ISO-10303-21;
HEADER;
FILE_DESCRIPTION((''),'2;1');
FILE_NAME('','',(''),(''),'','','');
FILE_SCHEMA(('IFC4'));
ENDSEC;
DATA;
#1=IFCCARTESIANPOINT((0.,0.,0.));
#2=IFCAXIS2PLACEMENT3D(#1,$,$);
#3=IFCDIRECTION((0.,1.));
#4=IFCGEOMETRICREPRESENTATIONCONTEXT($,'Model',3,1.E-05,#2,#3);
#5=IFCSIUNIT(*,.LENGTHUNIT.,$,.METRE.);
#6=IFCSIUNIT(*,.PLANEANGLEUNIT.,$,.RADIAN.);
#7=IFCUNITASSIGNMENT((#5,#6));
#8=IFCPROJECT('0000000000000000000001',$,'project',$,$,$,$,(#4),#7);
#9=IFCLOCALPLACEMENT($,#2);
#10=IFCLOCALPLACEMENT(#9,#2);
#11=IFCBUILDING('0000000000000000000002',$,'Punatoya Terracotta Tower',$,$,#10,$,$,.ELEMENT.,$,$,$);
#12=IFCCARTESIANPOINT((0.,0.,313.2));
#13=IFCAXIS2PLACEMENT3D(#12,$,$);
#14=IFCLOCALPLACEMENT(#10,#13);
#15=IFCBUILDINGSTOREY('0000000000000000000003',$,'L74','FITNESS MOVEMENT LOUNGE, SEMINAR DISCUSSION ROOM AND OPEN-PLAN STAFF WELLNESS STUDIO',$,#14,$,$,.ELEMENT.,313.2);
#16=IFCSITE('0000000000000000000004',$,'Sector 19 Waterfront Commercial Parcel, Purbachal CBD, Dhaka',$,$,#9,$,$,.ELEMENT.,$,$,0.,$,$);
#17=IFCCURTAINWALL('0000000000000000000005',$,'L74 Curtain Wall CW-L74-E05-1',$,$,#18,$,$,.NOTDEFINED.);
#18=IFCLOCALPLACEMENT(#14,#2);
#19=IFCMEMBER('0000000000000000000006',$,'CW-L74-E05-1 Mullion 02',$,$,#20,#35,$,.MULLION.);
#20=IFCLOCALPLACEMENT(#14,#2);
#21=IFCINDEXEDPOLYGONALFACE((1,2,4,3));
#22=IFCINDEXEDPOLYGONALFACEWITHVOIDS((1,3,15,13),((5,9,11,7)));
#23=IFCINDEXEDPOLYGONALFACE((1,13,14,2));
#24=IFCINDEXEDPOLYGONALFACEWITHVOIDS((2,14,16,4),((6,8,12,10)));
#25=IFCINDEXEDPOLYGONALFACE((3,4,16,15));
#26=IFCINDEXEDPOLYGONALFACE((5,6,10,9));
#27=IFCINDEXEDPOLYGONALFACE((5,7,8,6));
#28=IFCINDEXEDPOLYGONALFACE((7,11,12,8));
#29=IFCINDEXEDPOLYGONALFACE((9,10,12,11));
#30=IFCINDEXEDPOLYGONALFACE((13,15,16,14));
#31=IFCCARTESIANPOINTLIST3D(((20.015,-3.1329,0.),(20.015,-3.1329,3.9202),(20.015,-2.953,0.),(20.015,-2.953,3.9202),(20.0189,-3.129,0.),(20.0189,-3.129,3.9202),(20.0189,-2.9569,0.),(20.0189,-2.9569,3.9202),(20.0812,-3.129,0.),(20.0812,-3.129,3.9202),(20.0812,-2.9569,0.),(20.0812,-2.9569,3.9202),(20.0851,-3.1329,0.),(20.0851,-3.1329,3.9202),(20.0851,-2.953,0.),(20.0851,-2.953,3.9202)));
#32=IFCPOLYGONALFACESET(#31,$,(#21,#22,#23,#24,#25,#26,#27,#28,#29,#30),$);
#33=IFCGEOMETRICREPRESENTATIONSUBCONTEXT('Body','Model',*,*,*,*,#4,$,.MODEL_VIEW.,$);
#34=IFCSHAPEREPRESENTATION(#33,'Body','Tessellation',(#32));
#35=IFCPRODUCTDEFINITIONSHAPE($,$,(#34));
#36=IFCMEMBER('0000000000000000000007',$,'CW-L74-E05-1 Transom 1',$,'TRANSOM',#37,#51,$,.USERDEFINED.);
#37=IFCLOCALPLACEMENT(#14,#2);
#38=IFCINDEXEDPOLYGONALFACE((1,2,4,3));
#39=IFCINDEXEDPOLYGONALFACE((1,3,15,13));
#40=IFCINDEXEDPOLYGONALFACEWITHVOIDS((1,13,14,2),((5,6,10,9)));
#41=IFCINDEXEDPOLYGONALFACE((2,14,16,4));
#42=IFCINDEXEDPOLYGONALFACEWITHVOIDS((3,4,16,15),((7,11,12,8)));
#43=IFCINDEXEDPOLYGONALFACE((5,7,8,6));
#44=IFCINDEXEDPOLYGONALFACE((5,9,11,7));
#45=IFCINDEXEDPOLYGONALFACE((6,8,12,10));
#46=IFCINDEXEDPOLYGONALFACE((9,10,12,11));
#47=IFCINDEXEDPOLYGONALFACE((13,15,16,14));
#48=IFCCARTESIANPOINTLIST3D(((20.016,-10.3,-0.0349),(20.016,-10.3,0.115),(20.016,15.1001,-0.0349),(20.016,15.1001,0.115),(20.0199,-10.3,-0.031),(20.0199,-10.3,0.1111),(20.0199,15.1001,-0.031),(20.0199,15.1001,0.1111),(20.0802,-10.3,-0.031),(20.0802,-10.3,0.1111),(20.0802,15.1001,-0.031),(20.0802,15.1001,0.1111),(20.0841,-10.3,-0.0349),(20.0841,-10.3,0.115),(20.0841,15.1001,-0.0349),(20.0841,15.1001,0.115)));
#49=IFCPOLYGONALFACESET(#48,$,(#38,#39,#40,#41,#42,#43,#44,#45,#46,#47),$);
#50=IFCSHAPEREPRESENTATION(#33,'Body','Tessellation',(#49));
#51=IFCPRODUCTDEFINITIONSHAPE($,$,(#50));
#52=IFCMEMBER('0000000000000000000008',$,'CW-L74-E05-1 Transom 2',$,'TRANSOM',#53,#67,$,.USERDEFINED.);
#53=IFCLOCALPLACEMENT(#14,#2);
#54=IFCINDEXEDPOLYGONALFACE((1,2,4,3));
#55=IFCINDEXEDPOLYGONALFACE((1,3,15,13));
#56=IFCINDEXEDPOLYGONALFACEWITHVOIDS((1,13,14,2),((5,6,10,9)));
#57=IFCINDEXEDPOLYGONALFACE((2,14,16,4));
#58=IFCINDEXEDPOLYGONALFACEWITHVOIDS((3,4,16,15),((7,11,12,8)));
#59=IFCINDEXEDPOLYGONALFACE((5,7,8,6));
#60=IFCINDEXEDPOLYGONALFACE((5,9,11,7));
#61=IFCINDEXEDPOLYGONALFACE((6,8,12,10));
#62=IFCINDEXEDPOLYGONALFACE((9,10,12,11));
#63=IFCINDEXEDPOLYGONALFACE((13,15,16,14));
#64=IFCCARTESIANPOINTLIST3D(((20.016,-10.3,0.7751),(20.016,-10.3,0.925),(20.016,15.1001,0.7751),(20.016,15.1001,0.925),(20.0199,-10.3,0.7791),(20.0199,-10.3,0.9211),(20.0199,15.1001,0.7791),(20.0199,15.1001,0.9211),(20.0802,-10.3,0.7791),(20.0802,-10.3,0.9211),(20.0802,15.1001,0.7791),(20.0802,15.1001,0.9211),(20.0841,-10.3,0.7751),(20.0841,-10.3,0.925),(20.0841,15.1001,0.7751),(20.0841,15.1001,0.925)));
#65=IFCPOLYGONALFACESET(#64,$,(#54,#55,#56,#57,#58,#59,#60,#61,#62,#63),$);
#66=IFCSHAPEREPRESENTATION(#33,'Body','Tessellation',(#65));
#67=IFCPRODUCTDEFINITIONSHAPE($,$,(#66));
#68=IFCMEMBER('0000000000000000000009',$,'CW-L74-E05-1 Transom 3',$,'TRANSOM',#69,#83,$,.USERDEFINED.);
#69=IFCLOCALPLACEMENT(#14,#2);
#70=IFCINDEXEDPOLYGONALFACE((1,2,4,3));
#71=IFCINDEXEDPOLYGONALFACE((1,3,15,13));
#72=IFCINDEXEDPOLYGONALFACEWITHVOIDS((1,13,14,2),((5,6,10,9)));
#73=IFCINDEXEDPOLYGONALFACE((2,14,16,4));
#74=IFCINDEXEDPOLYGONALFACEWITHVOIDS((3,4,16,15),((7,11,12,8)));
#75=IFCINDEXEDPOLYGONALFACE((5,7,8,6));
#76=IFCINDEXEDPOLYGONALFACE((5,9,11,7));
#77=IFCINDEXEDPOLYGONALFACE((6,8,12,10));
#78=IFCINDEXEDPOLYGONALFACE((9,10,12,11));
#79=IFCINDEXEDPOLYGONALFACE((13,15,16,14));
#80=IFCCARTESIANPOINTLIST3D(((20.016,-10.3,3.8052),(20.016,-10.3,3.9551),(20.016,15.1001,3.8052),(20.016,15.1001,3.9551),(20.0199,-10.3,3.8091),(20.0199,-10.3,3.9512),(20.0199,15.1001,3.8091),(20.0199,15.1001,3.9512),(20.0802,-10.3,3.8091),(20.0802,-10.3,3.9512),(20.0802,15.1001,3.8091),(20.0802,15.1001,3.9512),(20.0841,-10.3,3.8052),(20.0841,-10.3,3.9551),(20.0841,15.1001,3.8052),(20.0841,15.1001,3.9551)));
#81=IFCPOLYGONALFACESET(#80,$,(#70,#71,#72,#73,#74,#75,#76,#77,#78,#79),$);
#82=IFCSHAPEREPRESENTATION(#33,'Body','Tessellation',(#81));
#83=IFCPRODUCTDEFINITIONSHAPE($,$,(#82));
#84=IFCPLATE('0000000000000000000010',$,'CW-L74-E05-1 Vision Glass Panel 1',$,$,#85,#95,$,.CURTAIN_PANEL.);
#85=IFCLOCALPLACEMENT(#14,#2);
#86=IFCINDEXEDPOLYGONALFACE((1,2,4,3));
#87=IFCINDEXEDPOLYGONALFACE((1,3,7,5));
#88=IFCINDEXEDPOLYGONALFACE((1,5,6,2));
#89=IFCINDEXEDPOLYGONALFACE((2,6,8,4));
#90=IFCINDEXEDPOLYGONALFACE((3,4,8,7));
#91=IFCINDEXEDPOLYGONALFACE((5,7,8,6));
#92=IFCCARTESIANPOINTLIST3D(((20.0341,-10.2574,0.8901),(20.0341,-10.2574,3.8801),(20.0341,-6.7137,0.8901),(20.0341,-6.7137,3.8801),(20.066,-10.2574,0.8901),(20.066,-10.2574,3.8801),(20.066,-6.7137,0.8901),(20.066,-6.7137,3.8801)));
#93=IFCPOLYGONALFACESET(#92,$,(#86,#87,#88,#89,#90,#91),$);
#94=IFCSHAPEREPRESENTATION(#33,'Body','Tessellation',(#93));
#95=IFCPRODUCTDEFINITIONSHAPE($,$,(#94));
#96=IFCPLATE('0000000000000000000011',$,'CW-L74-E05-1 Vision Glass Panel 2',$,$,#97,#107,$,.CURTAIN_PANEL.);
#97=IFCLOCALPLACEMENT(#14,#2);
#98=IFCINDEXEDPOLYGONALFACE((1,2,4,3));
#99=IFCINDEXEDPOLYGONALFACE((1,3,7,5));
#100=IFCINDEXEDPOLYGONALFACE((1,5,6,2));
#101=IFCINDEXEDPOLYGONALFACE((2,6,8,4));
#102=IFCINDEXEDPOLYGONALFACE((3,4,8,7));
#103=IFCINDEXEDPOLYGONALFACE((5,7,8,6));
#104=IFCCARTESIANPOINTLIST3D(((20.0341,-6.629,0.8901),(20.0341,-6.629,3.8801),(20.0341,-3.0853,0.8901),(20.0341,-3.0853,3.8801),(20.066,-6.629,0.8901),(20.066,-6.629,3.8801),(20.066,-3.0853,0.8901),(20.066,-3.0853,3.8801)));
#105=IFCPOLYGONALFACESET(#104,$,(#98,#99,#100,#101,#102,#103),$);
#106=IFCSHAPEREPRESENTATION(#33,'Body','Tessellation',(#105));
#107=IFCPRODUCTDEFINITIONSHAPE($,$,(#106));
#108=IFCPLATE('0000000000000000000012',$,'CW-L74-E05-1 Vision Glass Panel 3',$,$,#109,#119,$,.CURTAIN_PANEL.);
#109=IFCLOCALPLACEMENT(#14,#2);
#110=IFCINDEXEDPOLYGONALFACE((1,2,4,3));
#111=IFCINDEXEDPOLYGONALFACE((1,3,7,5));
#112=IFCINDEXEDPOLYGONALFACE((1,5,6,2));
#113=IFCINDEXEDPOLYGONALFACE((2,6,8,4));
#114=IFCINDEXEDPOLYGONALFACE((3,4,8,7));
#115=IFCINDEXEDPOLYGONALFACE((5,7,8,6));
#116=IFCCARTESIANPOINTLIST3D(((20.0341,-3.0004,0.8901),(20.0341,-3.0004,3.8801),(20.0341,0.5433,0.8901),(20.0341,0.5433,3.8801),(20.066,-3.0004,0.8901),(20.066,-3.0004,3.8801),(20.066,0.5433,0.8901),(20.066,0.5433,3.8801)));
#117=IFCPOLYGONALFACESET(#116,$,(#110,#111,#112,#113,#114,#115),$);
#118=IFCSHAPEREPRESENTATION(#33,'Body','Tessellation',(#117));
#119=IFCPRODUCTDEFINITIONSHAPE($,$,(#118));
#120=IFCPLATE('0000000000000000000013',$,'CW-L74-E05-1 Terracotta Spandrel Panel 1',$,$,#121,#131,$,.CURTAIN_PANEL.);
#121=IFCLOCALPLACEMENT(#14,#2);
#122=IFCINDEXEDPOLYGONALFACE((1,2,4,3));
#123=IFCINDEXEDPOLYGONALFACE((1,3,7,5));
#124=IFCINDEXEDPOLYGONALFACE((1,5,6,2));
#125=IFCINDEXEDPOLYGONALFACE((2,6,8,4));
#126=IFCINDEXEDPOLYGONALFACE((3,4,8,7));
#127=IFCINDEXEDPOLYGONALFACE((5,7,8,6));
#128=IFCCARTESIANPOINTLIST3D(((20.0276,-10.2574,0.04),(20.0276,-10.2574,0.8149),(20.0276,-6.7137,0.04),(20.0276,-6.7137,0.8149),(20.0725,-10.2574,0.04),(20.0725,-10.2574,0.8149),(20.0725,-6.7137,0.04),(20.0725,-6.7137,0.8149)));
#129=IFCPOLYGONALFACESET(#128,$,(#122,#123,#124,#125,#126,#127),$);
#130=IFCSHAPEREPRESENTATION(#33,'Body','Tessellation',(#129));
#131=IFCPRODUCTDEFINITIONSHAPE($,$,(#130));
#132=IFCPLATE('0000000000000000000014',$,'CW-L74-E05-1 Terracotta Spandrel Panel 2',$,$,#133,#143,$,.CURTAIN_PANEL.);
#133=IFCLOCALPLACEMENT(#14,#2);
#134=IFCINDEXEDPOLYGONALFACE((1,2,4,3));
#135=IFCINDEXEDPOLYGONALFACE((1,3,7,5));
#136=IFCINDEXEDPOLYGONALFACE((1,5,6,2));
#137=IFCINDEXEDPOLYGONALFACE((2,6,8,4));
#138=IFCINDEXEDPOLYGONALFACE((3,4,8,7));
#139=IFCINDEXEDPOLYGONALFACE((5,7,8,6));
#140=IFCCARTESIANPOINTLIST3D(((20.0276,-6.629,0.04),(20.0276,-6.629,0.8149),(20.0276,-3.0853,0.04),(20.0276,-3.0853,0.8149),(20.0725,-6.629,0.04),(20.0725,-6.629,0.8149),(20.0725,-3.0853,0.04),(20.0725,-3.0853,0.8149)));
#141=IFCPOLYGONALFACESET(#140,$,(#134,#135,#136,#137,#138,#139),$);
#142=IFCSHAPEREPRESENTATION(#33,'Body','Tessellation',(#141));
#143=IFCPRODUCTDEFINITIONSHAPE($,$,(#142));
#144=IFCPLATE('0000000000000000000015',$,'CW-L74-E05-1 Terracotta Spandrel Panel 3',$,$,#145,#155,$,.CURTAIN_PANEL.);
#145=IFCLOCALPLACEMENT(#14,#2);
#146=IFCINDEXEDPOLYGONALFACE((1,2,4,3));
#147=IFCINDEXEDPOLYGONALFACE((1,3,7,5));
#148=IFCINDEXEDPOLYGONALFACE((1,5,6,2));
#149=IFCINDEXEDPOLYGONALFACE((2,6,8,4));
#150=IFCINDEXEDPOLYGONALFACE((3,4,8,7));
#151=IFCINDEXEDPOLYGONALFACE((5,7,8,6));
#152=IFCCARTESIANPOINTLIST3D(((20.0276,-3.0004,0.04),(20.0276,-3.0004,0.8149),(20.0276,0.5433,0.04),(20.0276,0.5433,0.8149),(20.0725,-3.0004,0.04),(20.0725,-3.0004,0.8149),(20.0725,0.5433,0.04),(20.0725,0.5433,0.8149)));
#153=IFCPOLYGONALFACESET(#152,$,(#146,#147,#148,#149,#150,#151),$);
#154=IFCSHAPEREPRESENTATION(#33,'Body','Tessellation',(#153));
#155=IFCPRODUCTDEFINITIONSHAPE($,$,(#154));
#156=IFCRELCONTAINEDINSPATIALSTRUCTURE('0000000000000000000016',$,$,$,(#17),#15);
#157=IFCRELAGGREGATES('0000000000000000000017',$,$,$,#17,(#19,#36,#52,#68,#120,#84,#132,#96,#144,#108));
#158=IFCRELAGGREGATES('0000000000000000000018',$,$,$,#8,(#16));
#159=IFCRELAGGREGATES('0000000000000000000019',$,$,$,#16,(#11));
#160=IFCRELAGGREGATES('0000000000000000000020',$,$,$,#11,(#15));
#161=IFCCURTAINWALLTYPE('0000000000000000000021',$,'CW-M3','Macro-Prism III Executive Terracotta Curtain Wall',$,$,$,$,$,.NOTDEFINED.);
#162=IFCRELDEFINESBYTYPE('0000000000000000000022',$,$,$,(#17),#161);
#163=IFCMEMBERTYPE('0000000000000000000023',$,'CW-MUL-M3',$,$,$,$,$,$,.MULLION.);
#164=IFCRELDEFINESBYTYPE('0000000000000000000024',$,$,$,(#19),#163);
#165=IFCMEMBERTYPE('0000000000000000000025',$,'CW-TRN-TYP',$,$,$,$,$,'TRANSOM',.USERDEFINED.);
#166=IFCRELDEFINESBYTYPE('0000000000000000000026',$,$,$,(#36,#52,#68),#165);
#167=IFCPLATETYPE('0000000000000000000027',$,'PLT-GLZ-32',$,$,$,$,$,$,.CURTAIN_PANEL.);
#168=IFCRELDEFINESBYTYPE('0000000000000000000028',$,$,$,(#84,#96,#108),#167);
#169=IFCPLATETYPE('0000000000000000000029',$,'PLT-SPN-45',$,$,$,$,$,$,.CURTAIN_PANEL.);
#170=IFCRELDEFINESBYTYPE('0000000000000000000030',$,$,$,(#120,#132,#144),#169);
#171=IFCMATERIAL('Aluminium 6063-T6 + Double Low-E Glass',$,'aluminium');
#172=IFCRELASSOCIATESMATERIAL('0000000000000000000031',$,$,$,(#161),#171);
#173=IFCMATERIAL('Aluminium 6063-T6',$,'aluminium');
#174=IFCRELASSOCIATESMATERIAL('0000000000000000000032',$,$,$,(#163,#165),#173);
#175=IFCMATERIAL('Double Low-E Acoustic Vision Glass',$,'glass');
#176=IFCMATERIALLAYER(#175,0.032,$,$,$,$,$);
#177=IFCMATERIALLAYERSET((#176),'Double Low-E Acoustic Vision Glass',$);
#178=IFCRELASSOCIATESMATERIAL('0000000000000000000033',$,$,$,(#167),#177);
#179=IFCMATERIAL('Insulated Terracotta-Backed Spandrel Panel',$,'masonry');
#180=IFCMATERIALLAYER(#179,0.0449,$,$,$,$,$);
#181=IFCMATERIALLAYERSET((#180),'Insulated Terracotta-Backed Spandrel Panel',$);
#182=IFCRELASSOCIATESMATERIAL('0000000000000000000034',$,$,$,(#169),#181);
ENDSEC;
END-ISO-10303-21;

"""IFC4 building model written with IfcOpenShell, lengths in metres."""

from ifc_helpers import new_model, si_unit, direction, frame, origin, origin_2d, place, context, subcontext, project, spatial, rectangle, hollow_rectangle, extrude, material, layer, layer_set, material_profile, profile_set, type_object, element, aggregate, save


model = new_model("IFC4")

# Units and contexts
model_context = context("Model", 3, precision=1e-05, world=origin(), true_north=direction((0.0, 1.0)))
body_context = subcontext(model_context, "Body", "Model", "MODEL_VIEW")
ifc_project = project(units=[si_unit("LENGTHUNIT", "METRE"), si_unit("PLANEANGLEUNIT", "RADIAN")], contexts=[model_context])

# Site, building, storey
site_placement = place(None, origin())
site = spatial("IfcSite", under=ifc_project, at=site_placement, Name="Sector 19 Waterfront Commercial Parcel, Purbachal CBD, Dhaka", CompositionType="ELEMENT", RefElevation=0.0)
building_placement = place(site_placement, origin())
building = spatial("IfcBuilding", under=site, at=building_placement, Name="Punatoya Terracotta Tower", CompositionType="ELEMENT")
storey_placement = place(building_placement, frame((0.0, 0.0, 313.2)))
storey = spatial("IfcBuildingStorey", under=building, at=storey_placement, Name="L74", Description="FITNESS MOVEMENT LOUNGE, SEMINAR DISCUSSION ROOM AND OPEN-PLAN STAFF WELLNESS STUDIO", CompositionType="ELEMENT", Elevation=313.2)

# Curtain wall, members, plates
ifc_material_1 = material(Name="Aluminium 6063-T6 + Double Low-E Glass", Category="aluminium")
curtain_wall_type = type_object("IfcCurtainWallType", Name="CW-M3", Description="Macro-Prism III Executive Terracotta Curtain Wall", PredefinedType="NOTDEFINED", material=ifc_material_1)
curtain_wall_placement = place(storey_placement, origin())
curtain_wall = element("IfcCurtainWall", 1, at=curtain_wall_placement, inside=storey, type_object=curtain_wall_type, Name="L74 Curtain Wall CW-L74-E05-1", PredefinedType="NOTDEFINED")
ifc_material_2 = material(Name="Aluminium 6063-T6", Category="aluminium")
ifc_material_profile_1 = material_profile(ifc_material_2, hollow_rectangle(XDim=0.0701, YDim=0.1799, WallThickness=0.0039, at=origin_2d()))
ifc_profile_set_1 = profile_set([ifc_material_profile_1], Name="Aluminium 6063-T6")
member_type_1 = type_object("IfcMemberType", Name="CW-MUL-M3", PredefinedType="MULLION", material=ifc_profile_set_1)
member_1_placement = place(storey_placement, frame((20.05, -3.043, 0.0), z_axis=(0.0, 0.0, 1.0), x_axis=(1.0, 0.0, 0.0)))
member_1 = element("IfcMember", 2, at=member_1_placement, type_object=member_type_1, Name="CW-L74-E05-1 Mullion 02", PredefinedType="MULLION", context=body_context, shape_type="SweptSolid", body=[
    extrude(hollow_rectangle(XDim=0.0701, YDim=0.1799, WallThickness=0.0039, at=origin_2d()), origin(), (0.0, 0.0, 1.0), 3.9202),
])
ifc_material_profile_2 = material_profile(ifc_material_2, hollow_rectangle(XDim=0.0681, YDim=0.1499, WallThickness=0.0039, at=origin_2d()))
ifc_profile_set_2 = profile_set([ifc_material_profile_2], Name="Aluminium 6063-T6")
member_type_2 = type_object("IfcMemberType", Name="CW-TRN-TYP", ElementType="TRANSOM", PredefinedType="USERDEFINED", material=ifc_profile_set_2)
member_2_placement = place(storey_placement, frame((20.05, -10.3, 0.04), z_axis=(0.0, 1.0, 0.0), x_axis=(-1.0, 0.0, 0.0)))
member_2 = element("IfcMember", 3, at=member_2_placement, type_object=member_type_2, Name="CW-L74-E05-1 Transom 1", ObjectType="TRANSOM", PredefinedType="USERDEFINED", context=body_context, shape_type="SweptSolid", body=[
    extrude(hollow_rectangle(XDim=0.0681, YDim=0.1499, WallThickness=0.0039, at=origin_2d()), origin(), (0.0, 0.0, 1.0), 25.4001),
])
member_3_placement = place(storey_placement, frame((20.05, -10.3, 0.8501), z_axis=(0.0, 1.0, 0.0), x_axis=(-1.0, 0.0, 0.0)))
member_3 = element("IfcMember", 4, at=member_3_placement, type_object=member_type_2, Name="CW-L74-E05-1 Transom 2", ObjectType="TRANSOM", PredefinedType="USERDEFINED", context=body_context, shape_type="SweptSolid", body=[
    extrude(hollow_rectangle(XDim=0.0681, YDim=0.1499, WallThickness=0.0039, at=origin_2d()), origin(), (0.0, 0.0, 1.0), 25.4001),
])
member_4_placement = place(storey_placement, frame((20.05, -10.3, 3.8801), z_axis=(0.0, 1.0, 0.0), x_axis=(-1.0, 0.0, 0.0)))
member_4 = element("IfcMember", 5, at=member_4_placement, type_object=member_type_2, Name="CW-L74-E05-1 Transom 3", ObjectType="TRANSOM", PredefinedType="USERDEFINED", context=body_context, shape_type="SweptSolid", body=[
    extrude(hollow_rectangle(XDim=0.0681, YDim=0.1499, WallThickness=0.0039, at=origin_2d()), origin(), (0.0, 0.0, 1.0), 25.4001),
])
ifc_material_3 = material(Name="Double Low-E Acoustic Vision Glass", Category="glass")
ifc_layer_1 = layer(ifc_material_3, 0.032)
ifc_layer_set_1 = layer_set([ifc_layer_1], Name="Double Low-E Acoustic Vision Glass")
plate_type_1 = type_object("IfcPlateType", Name="PLT-GLZ-32", PredefinedType="CURTAIN_PANEL", material=ifc_layer_set_1)
plate_1_placement = place(storey_placement, frame((20.05, -8.4856, 0.8901), z_axis=(0.0, 0.0, 1.0), x_axis=(0.0, 1.0, 0.0)))
plate_1 = element("IfcPlate", 6, at=plate_1_placement, type_object=plate_type_1, Name="CW-L74-E05-1 Vision Glass Panel 1", PredefinedType="CURTAIN_PANEL", context=body_context, shape_type="SweptSolid", body=[
    extrude(rectangle(XDim=3.5437, YDim=0.032, at=origin_2d()), origin(), (0.0, 0.0, 1.0), 2.99),
])
plate_2_placement = place(storey_placement, frame((20.05, -4.8572, 0.8901), z_axis=(0.0, 0.0, 1.0), x_axis=(0.0, 1.0, 0.0)))
plate_2 = element("IfcPlate", 7, at=plate_2_placement, type_object=plate_type_1, Name="CW-L74-E05-1 Vision Glass Panel 2", PredefinedType="CURTAIN_PANEL", context=body_context, shape_type="SweptSolid", body=[
    extrude(rectangle(XDim=3.5437, YDim=0.032, at=origin_2d()), origin(), (0.0, 0.0, 1.0), 2.99),
])
plate_3_placement = place(storey_placement, frame((20.05, -1.2285, 0.8901), z_axis=(0.0, 0.0, 1.0), x_axis=(0.0, 1.0, 0.0)))
plate_3 = element("IfcPlate", 8, at=plate_3_placement, type_object=plate_type_1, Name="CW-L74-E05-1 Vision Glass Panel 3", PredefinedType="CURTAIN_PANEL", context=body_context, shape_type="SweptSolid", body=[
    extrude(rectangle(XDim=3.5437, YDim=0.032, at=origin_2d()), origin(), (0.0, 0.0, 1.0), 2.99),
])
ifc_material_4 = material(Name="Insulated Terracotta-Backed Spandrel Panel", Category="masonry")
ifc_layer_2 = layer(ifc_material_4, 0.0449)
ifc_layer_set_2 = layer_set([ifc_layer_2], Name="Insulated Terracotta-Backed Spandrel Panel")
plate_type_2 = type_object("IfcPlateType", Name="PLT-SPN-45", PredefinedType="CURTAIN_PANEL", material=ifc_layer_set_2)
plate_4_placement = place(storey_placement, frame((20.05, -8.4856, 0.04), z_axis=(0.0, 0.0, 1.0), x_axis=(0.0, 1.0, 0.0)))
plate_4 = element("IfcPlate", 9, at=plate_4_placement, type_object=plate_type_2, Name="CW-L74-E05-1 Terracotta Spandrel Panel 1", PredefinedType="CURTAIN_PANEL", context=body_context, shape_type="SweptSolid", body=[
    extrude(rectangle(XDim=3.5437, YDim=0.0449, at=origin_2d()), origin(), (0.0, 0.0, 1.0), 0.7749),
])
plate_5_placement = place(storey_placement, frame((20.05, -4.8572, 0.04), z_axis=(0.0, 0.0, 1.0), x_axis=(0.0, 1.0, 0.0)))
plate_5 = element("IfcPlate", 10, at=plate_5_placement, type_object=plate_type_2, Name="CW-L74-E05-1 Terracotta Spandrel Panel 2", PredefinedType="CURTAIN_PANEL", context=body_context, shape_type="SweptSolid", body=[
    extrude(rectangle(XDim=3.5437, YDim=0.0449, at=origin_2d()), origin(), (0.0, 0.0, 1.0), 0.7749),
])
plate_6_placement = place(storey_placement, frame((20.05, -1.2285, 0.04), z_axis=(0.0, 0.0, 1.0), x_axis=(0.0, 1.0, 0.0)))
plate_6 = element("IfcPlate", 11, at=plate_6_placement, type_object=plate_type_2, Name="CW-L74-E05-1 Terracotta Spandrel Panel 3", PredefinedType="CURTAIN_PANEL", context=body_context, shape_type="SweptSolid", body=[
    extrude(rectangle(XDim=3.5437, YDim=0.0449, at=origin_2d()), origin(), (0.0, 0.0, 1.0), 0.7749),
])
aggregate(curtain_wall, [member_1, member_2, member_3, member_4, plate_4, plate_1, plate_5, plate_2, plate_6, plate_3])

save(model, "model.ifc")
